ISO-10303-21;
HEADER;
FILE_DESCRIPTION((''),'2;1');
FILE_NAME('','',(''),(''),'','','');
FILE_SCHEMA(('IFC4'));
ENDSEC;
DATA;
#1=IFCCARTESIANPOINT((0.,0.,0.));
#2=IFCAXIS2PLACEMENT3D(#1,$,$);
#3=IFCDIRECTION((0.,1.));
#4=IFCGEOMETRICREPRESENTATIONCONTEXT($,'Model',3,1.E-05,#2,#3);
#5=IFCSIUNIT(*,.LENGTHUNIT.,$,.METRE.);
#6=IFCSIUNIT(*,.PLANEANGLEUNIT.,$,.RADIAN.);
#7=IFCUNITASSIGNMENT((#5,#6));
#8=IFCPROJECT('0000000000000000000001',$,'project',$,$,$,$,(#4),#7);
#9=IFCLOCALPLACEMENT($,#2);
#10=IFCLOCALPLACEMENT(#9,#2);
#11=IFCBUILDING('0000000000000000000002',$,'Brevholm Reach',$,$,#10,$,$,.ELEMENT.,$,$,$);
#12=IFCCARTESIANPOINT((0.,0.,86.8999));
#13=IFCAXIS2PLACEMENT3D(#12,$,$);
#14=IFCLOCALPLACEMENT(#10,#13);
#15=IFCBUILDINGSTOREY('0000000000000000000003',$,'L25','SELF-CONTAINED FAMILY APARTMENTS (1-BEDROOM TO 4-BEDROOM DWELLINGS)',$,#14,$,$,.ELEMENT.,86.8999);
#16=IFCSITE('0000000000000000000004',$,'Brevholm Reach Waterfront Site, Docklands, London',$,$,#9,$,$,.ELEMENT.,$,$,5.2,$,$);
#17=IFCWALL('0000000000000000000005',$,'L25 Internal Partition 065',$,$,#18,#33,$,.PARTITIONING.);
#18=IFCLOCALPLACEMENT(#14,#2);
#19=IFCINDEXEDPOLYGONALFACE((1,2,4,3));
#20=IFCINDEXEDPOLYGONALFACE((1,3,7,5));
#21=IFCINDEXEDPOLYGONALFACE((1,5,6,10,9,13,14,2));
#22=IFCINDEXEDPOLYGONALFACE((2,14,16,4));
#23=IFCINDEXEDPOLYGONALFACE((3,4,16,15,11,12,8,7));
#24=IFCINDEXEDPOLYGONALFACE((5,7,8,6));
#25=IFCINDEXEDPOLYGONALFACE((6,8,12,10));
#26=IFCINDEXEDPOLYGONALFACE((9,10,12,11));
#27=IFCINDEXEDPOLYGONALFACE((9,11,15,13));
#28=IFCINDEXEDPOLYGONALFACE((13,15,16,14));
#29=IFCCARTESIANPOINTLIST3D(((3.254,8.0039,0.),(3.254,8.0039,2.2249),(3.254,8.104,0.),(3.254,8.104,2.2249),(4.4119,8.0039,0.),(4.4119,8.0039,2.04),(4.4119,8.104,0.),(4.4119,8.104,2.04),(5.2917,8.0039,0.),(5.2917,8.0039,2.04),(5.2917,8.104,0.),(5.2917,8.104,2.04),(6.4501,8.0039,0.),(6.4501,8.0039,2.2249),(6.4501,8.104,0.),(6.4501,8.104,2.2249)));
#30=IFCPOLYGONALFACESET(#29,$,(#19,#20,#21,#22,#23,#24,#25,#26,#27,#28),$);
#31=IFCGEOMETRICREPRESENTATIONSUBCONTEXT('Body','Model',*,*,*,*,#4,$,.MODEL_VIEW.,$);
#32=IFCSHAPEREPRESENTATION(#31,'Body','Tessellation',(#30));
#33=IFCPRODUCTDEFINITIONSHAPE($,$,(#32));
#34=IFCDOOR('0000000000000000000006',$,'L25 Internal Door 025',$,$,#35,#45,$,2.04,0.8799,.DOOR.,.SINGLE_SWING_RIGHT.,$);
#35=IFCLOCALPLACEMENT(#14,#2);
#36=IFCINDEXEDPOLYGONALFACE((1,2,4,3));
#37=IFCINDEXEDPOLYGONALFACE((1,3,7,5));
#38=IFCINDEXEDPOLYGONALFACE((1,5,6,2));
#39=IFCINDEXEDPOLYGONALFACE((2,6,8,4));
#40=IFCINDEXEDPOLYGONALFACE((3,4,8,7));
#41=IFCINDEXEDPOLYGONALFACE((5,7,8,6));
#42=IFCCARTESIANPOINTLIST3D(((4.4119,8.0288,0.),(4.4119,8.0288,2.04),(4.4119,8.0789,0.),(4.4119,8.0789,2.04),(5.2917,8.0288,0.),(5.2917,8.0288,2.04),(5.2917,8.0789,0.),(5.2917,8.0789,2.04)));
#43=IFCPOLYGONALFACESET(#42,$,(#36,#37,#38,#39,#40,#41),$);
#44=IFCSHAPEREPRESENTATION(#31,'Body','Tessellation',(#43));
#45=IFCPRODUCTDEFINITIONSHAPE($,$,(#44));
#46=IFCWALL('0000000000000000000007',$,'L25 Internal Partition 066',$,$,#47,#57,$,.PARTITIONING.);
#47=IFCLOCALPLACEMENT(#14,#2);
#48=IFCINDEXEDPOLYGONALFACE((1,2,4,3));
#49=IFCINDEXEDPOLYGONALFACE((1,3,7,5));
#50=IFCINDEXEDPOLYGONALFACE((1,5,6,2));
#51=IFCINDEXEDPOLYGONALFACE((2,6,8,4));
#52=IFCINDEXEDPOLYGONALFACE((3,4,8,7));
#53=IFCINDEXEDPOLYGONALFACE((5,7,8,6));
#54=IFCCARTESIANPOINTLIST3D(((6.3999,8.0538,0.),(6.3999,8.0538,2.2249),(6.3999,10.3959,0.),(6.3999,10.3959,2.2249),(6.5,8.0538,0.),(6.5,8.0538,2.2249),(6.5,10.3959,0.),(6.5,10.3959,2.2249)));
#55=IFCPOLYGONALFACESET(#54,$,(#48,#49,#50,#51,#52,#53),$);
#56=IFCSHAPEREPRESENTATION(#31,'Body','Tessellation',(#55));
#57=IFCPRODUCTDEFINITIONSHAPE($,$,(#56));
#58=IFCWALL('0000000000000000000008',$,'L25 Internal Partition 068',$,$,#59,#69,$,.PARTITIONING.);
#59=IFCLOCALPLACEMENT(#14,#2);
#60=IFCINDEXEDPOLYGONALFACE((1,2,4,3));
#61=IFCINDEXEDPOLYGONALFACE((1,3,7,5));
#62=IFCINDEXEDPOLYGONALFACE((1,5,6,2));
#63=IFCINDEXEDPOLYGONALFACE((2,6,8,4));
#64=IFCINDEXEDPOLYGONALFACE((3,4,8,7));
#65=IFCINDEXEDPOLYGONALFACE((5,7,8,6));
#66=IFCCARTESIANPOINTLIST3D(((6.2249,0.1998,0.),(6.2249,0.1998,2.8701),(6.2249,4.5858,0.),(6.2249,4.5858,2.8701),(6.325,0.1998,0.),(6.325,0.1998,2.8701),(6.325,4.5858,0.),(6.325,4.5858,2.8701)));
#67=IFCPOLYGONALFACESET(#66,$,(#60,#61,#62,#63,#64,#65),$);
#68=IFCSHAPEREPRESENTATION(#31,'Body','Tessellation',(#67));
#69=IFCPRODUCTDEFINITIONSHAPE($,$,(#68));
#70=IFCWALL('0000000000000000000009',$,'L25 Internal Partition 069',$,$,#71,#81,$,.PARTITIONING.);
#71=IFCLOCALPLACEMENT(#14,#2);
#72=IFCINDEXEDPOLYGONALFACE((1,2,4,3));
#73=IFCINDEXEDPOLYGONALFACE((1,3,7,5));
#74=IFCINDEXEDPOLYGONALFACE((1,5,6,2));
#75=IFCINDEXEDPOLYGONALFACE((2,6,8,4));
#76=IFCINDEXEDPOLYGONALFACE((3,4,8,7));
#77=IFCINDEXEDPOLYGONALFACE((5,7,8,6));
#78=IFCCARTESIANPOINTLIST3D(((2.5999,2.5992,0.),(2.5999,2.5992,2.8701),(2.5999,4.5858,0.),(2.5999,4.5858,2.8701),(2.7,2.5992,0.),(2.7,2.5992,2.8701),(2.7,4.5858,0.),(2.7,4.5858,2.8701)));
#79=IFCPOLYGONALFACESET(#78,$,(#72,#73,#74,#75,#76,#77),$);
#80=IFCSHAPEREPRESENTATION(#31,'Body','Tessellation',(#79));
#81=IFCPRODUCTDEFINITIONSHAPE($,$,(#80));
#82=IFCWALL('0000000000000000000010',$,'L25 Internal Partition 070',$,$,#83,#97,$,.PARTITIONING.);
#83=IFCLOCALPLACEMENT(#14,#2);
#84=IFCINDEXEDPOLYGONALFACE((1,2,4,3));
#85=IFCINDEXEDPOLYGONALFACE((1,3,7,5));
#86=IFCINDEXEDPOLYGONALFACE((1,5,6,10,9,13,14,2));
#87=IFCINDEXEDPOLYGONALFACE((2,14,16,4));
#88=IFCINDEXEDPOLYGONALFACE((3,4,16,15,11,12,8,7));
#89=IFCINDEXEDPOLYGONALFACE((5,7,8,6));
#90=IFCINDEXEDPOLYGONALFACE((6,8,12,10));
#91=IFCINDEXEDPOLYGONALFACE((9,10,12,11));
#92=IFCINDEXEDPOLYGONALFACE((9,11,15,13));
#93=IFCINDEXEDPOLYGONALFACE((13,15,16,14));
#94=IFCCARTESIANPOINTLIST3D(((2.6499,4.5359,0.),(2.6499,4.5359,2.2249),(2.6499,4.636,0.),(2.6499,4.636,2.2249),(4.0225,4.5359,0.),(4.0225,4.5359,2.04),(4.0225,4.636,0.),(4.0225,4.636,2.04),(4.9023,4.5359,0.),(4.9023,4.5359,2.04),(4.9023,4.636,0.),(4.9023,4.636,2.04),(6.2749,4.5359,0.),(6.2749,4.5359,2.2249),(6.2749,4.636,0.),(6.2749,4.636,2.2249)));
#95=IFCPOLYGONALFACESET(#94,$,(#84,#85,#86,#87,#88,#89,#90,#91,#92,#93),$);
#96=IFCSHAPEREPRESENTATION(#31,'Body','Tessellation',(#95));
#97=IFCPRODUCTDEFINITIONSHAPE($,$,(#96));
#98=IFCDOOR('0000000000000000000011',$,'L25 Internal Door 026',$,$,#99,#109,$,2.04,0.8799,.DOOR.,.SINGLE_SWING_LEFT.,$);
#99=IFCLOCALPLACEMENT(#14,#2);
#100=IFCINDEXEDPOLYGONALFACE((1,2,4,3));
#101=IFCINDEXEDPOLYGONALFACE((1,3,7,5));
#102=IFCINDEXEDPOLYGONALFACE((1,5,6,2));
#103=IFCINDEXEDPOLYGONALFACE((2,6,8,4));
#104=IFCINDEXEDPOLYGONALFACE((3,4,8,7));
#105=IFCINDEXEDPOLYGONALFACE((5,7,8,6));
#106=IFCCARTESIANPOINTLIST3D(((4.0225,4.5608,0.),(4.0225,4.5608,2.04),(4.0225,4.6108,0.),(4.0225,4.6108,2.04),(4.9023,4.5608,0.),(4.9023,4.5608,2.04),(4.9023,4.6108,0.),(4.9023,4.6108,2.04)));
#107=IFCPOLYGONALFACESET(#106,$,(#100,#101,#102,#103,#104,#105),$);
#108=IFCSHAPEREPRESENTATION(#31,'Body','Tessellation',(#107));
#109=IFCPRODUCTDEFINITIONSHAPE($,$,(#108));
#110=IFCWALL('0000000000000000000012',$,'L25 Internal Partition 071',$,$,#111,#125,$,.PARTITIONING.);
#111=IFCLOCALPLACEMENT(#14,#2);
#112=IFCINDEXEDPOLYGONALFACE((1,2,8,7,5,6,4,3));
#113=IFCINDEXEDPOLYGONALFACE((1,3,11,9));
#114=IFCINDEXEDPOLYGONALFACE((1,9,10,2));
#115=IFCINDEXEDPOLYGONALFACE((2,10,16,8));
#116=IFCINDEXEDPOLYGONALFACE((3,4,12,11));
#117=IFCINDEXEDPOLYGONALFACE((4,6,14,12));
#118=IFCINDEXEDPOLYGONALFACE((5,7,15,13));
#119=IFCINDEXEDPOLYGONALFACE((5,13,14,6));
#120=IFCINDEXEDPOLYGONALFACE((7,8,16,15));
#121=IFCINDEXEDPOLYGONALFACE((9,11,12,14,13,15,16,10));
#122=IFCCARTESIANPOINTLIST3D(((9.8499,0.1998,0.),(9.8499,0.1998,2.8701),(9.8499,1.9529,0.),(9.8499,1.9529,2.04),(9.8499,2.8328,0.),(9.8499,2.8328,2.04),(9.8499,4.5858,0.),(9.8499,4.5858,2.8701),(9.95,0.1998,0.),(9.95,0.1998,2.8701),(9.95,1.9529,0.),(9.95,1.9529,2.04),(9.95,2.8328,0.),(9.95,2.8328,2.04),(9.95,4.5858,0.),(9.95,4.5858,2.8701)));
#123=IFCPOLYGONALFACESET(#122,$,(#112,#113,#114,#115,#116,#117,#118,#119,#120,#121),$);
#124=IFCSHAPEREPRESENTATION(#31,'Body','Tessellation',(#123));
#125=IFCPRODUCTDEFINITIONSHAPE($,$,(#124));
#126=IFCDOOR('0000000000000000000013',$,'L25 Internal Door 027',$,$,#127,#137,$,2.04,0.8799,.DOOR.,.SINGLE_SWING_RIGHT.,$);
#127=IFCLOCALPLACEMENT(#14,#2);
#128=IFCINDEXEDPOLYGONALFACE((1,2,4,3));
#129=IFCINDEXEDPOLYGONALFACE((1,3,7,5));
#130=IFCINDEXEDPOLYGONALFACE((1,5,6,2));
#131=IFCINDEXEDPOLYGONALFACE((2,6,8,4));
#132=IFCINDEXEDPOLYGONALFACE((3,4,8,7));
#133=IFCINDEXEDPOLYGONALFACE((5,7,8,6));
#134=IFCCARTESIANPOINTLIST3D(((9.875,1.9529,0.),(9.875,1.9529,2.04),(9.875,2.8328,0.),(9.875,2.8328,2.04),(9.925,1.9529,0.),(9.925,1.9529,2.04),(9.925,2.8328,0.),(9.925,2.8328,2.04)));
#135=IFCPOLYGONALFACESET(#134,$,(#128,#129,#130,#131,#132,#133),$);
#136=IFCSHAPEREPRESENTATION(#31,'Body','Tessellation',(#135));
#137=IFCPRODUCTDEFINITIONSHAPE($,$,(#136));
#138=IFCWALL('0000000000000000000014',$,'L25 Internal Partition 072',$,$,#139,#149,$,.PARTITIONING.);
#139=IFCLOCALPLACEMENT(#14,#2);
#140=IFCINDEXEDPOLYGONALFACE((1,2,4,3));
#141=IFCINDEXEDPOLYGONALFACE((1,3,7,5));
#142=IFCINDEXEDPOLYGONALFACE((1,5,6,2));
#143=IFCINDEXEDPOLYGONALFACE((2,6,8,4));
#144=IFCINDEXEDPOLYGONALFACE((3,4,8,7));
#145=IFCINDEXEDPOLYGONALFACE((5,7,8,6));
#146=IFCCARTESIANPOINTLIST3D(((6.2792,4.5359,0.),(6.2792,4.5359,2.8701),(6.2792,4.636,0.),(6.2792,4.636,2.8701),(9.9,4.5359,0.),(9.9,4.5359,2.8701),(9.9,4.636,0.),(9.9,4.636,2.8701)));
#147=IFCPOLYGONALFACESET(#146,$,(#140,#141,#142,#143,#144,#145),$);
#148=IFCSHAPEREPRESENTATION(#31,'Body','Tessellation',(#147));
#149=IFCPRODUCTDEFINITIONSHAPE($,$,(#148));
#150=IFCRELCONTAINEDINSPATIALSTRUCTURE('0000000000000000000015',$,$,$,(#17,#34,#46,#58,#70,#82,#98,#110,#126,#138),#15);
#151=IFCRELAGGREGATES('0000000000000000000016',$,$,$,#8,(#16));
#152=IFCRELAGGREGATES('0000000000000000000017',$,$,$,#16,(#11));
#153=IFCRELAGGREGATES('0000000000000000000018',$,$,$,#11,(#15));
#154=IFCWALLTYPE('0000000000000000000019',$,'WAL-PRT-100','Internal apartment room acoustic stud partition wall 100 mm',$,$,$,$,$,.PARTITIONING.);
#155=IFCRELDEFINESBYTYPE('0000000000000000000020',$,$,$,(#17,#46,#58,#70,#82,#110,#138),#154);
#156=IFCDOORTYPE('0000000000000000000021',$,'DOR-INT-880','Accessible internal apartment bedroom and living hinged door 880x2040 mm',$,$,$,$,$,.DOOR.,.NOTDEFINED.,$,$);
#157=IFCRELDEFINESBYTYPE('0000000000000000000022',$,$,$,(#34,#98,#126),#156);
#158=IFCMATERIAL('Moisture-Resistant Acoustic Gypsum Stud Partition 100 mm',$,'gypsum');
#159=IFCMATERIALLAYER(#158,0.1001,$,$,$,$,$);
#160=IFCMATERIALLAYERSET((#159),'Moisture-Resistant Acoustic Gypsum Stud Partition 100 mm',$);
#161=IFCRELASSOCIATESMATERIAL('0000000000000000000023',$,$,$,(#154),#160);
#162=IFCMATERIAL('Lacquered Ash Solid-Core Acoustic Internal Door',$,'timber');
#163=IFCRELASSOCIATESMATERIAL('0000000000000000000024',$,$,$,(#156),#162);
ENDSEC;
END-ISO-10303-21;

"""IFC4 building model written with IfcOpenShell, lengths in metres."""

from ifc_helpers import new_model, si_unit, direction, frame, frame_2d, origin, place, context, subcontext, project, spatial, rectangle, extrude, material, layer, layer_set, type_object, element, fill, save


model = new_model("IFC4")

# Units and contexts
model_context = context("Model", 3, precision=1e-05, world=origin(), true_north=direction((0.0, 1.0)))
body_context = subcontext(model_context, "Body", "Model", "MODEL_VIEW")
ifc_project = project(units=[si_unit("LENGTHUNIT", "METRE"), si_unit("PLANEANGLEUNIT", "RADIAN")], contexts=[model_context])

# Site, building, storey
site_placement = place(None, origin())
site = spatial("IfcSite", under=ifc_project, at=site_placement, Name="Brevholm Reach Waterfront Site, Docklands, London", CompositionType="ELEMENT", RefElevation=5.2)
building_placement = place(site_placement, origin())
building = spatial("IfcBuilding", under=site, at=building_placement, Name="Brevholm Reach", CompositionType="ELEMENT")
storey_placement = place(building_placement, frame((0.0, 0.0, 86.8999)))
storey = spatial("IfcBuildingStorey", under=building, at=storey_placement, Name="L25", Description="SELF-CONTAINED FAMILY APARTMENTS (1-BEDROOM TO 4-BEDROOM DWELLINGS)", CompositionType="ELEMENT", Elevation=86.8999)

# Shared definitions
ifc_material_1 = material(Name="Moisture-Resistant Acoustic Gypsum Stud Partition 100 mm", Category="gypsum")
ifc_layer_1 = layer(ifc_material_1, 0.1001)
ifc_layer_set_1 = layer_set([ifc_layer_1], Name="Moisture-Resistant Acoustic Gypsum Stud Partition 100 mm")
wall_type_1 = type_object("IfcWallType", Name="WAL-PRT-100", Description="Internal apartment room acoustic stud partition wall 100 mm", PredefinedType="PARTITIONING", material=ifc_layer_set_1)

# Wall, opening, door
wall_1_placement = place(storey_placement, frame((3.2539, 8.054, 0.0), z_axis=(0.0, 0.0, 1.0), x_axis=(1.0, 0.0, 0.0)))
wall_1 = element("IfcWall", 1, at=wall_1_placement, inside=storey, type_object=wall_type_1, Name="L25 Internal Partition 065", PredefinedType="PARTITIONING", context=body_context, shape_type="SweptSolid", body=[
    extrude(rectangle(XDim=3.196, YDim=0.1001, at=frame_2d((1.5981, 0.0))), origin(), (0.0, 0.0, 1.0), 2.2249),
])
opening_1_placement = place(wall_1_placement, frame((1.158, 0.0, 0.0)))
opening_1 = element("IfcOpeningElement", 2, at=opening_1_placement, cuts=wall_1, PredefinedType="OPENING", context=body_context, shape_type="SweptSolid", body=[
    extrude(rectangle(XDim=0.8799, YDim=2.04, at=frame_2d((0.4399, 1.02))), frame((0.0, 0.0601, 0.0), z_axis=(0.0, -1.0, 0.0), x_axis=(1.0, 0.0, 0.0)), (0.0, 0.0, 1.0), 0.1201),
])
ifc_material_2 = material(Name="Lacquered Ash Solid-Core Acoustic Internal Door", Category="timber")
door_type_1 = type_object("IfcDoorType", Name="DOR-INT-880", Description="Accessible internal apartment bedroom and living hinged door 880x2040 mm", OperationType="NOTDEFINED", PredefinedType="DOOR", material=ifc_material_2)
door_1_placement = place(opening_1_placement, origin())
door_1 = element("IfcDoor", 3, at=door_1_placement, inside=storey, type_object=door_type_1, Name="L25 Internal Door 025", OperationType="SINGLE_SWING_RIGHT", OverallHeight=2.04, OverallWidth=0.8799, PredefinedType="DOOR", context=body_context, shape_type="SweptSolid", body=[
    extrude(rectangle(XDim=0.8799, YDim=2.04, at=frame_2d((0.4399, 1.02))), frame((0.0, 0.0249, 0.0), z_axis=(0.0, -1.0, 0.0), x_axis=(1.0, 0.0, 0.0)), (0.0, 0.0, 1.0), 0.05),
])
fill(opening_1, door_1)

# Walls
wall_2_placement = place(storey_placement, frame((6.45, 8.054, 0.0), z_axis=(0.0, 0.0, 1.0), x_axis=(0.0, 1.0, 0.0)))
element("IfcWall", 4, at=wall_2_placement, inside=storey, type_object=wall_type_1, Name="L25 Internal Partition 066", PredefinedType="PARTITIONING", context=body_context, shape_type="SweptSolid", body=[
    extrude(rectangle(XDim=2.342, YDim=0.1001, at=frame_2d((1.1709, 0.0))), origin(), (0.0, 0.0, 1.0), 2.2249),
])
wall_3_placement = place(storey_placement, frame((6.2749, 0.2, 0.0), z_axis=(0.0, 0.0, 1.0), x_axis=(0.0, 1.0, 0.0)))
element("IfcWall", 5, at=wall_3_placement, inside=storey, type_object=wall_type_1, Name="L25 Internal Partition 068", PredefinedType="PARTITIONING", context=body_context, shape_type="SweptSolid", body=[
    extrude(rectangle(XDim=4.386, YDim=0.1001, at=frame_2d((2.1929, 0.0))), origin(), (0.0, 0.0, 1.0), 2.8701),
])
wall_4_placement = place(storey_placement, frame((2.6499, 2.5994, 0.0), z_axis=(0.0, 0.0, 1.0), x_axis=(0.0, 1.0, 0.0)))
element("IfcWall", 6, at=wall_4_placement, inside=storey, type_object=wall_type_1, Name="L25 Internal Partition 069", PredefinedType="PARTITIONING", context=body_context, shape_type="SweptSolid", body=[
    extrude(rectangle(XDim=1.9866, YDim=0.1001, at=frame_2d((0.9932, 0.0))), origin(), (0.0, 0.0, 1.0), 2.8701),
])

# Walls, openings, doors
wall_5_placement = place(storey_placement, frame((2.6499, 4.5859, 0.0), z_axis=(0.0, 0.0, 1.0), x_axis=(1.0, 0.0, 0.0)))
wall_5 = element("IfcWall", 7, at=wall_5_placement, inside=storey, type_object=wall_type_1, Name="L25 Internal Partition 070", PredefinedType="PARTITIONING", context=body_context, shape_type="SweptSolid", body=[
    extrude(rectangle(XDim=3.625, YDim=0.1001, at=frame_2d((1.8125, 0.0))), origin(), (0.0, 0.0, 1.0), 2.2249),
])
opening_2_placement = place(wall_5_placement, frame((1.3726, 0.0, 0.0)))
opening_2 = element("IfcOpeningElement", 8, at=opening_2_placement, cuts=wall_5, PredefinedType="OPENING", context=body_context, shape_type="SweptSolid", body=[
    extrude(rectangle(XDim=0.8799, YDim=2.04, at=frame_2d((0.4399, 1.02))), frame((0.0, 0.0601, 0.0), z_axis=(0.0, -1.0, 0.0), x_axis=(1.0, 0.0, 0.0)), (0.0, 0.0, 1.0), 0.1201),
])
door_2_placement = place(opening_2_placement, origin())
door_2 = element("IfcDoor", 9, at=door_2_placement, inside=storey, type_object=door_type_1, Name="L25 Internal Door 026", OperationType="SINGLE_SWING_LEFT", OverallHeight=2.04, OverallWidth=0.8799, PredefinedType="DOOR", context=body_context, shape_type="SweptSolid", body=[
    extrude(rectangle(XDim=0.8799, YDim=2.04, at=frame_2d((0.4399, 1.02))), frame((0.0, 0.0249, 0.0), z_axis=(0.0, -1.0, 0.0), x_axis=(1.0, 0.0, 0.0)), (0.0, 0.0, 1.0), 0.05),
])
fill(opening_2, door_2)
wall_6_placement = place(storey_placement, frame((9.8999, 0.2, 0.0), z_axis=(0.0, 0.0, 1.0), x_axis=(0.0, 1.0, 0.0)))
wall_6 = element("IfcWall", 10, at=wall_6_placement, inside=storey, type_object=wall_type_1, Name="L25 Internal Partition 071", PredefinedType="PARTITIONING", context=body_context, shape_type="SweptSolid", body=[
    extrude(rectangle(XDim=4.386, YDim=0.1001, at=frame_2d((2.1929, 0.0))), origin(), (0.0, 0.0, 1.0), 2.8701),
])
opening_3_placement = place(wall_6_placement, frame((1.7529, 0.0, 0.0)))
opening_3 = element("IfcOpeningElement", 11, at=opening_3_placement, cuts=wall_6, PredefinedType="OPENING", context=body_context, shape_type="SweptSolid", body=[
    extrude(rectangle(XDim=0.8799, YDim=2.04, at=frame_2d((0.4399, 1.02))), frame((0.0, 0.0601, 0.0), z_axis=(0.0, -1.0, 0.0), x_axis=(1.0, 0.0, 0.0)), (0.0, 0.0, 1.0), 0.1201),
])
door_3_placement = place(opening_3_placement, origin())
door_3 = element("IfcDoor", 12, at=door_3_placement, inside=storey, type_object=door_type_1, Name="L25 Internal Door 027", OperationType="SINGLE_SWING_RIGHT", OverallHeight=2.04, OverallWidth=0.8799, PredefinedType="DOOR", context=body_context, shape_type="SweptSolid", body=[
    extrude(rectangle(XDim=0.8799, YDim=2.04, at=frame_2d((0.4399, 1.02))), frame((0.0, 0.0249, 0.0), z_axis=(0.0, -1.0, 0.0), x_axis=(1.0, 0.0, 0.0)), (0.0, 0.0, 1.0), 0.05),
])
fill(opening_3, door_3)

# Wall
wall_7_placement = place(storey_placement, frame((6.2791, 4.5859, 0.0), z_axis=(0.0, 0.0, 1.0), x_axis=(1.0, 0.0, 0.0)))
element("IfcWall", 13, at=wall_7_placement, inside=storey, type_object=wall_type_1, Name="L25 Internal Partition 072", PredefinedType="PARTITIONING", context=body_context, shape_type="SweptSolid", body=[
    extrude(rectangle(XDim=3.6208, YDim=0.1001, at=frame_2d((1.8105, 0.0))), origin(), (0.0, 0.0, 1.0), 2.8701),
])

save(model, "model.ifc")
